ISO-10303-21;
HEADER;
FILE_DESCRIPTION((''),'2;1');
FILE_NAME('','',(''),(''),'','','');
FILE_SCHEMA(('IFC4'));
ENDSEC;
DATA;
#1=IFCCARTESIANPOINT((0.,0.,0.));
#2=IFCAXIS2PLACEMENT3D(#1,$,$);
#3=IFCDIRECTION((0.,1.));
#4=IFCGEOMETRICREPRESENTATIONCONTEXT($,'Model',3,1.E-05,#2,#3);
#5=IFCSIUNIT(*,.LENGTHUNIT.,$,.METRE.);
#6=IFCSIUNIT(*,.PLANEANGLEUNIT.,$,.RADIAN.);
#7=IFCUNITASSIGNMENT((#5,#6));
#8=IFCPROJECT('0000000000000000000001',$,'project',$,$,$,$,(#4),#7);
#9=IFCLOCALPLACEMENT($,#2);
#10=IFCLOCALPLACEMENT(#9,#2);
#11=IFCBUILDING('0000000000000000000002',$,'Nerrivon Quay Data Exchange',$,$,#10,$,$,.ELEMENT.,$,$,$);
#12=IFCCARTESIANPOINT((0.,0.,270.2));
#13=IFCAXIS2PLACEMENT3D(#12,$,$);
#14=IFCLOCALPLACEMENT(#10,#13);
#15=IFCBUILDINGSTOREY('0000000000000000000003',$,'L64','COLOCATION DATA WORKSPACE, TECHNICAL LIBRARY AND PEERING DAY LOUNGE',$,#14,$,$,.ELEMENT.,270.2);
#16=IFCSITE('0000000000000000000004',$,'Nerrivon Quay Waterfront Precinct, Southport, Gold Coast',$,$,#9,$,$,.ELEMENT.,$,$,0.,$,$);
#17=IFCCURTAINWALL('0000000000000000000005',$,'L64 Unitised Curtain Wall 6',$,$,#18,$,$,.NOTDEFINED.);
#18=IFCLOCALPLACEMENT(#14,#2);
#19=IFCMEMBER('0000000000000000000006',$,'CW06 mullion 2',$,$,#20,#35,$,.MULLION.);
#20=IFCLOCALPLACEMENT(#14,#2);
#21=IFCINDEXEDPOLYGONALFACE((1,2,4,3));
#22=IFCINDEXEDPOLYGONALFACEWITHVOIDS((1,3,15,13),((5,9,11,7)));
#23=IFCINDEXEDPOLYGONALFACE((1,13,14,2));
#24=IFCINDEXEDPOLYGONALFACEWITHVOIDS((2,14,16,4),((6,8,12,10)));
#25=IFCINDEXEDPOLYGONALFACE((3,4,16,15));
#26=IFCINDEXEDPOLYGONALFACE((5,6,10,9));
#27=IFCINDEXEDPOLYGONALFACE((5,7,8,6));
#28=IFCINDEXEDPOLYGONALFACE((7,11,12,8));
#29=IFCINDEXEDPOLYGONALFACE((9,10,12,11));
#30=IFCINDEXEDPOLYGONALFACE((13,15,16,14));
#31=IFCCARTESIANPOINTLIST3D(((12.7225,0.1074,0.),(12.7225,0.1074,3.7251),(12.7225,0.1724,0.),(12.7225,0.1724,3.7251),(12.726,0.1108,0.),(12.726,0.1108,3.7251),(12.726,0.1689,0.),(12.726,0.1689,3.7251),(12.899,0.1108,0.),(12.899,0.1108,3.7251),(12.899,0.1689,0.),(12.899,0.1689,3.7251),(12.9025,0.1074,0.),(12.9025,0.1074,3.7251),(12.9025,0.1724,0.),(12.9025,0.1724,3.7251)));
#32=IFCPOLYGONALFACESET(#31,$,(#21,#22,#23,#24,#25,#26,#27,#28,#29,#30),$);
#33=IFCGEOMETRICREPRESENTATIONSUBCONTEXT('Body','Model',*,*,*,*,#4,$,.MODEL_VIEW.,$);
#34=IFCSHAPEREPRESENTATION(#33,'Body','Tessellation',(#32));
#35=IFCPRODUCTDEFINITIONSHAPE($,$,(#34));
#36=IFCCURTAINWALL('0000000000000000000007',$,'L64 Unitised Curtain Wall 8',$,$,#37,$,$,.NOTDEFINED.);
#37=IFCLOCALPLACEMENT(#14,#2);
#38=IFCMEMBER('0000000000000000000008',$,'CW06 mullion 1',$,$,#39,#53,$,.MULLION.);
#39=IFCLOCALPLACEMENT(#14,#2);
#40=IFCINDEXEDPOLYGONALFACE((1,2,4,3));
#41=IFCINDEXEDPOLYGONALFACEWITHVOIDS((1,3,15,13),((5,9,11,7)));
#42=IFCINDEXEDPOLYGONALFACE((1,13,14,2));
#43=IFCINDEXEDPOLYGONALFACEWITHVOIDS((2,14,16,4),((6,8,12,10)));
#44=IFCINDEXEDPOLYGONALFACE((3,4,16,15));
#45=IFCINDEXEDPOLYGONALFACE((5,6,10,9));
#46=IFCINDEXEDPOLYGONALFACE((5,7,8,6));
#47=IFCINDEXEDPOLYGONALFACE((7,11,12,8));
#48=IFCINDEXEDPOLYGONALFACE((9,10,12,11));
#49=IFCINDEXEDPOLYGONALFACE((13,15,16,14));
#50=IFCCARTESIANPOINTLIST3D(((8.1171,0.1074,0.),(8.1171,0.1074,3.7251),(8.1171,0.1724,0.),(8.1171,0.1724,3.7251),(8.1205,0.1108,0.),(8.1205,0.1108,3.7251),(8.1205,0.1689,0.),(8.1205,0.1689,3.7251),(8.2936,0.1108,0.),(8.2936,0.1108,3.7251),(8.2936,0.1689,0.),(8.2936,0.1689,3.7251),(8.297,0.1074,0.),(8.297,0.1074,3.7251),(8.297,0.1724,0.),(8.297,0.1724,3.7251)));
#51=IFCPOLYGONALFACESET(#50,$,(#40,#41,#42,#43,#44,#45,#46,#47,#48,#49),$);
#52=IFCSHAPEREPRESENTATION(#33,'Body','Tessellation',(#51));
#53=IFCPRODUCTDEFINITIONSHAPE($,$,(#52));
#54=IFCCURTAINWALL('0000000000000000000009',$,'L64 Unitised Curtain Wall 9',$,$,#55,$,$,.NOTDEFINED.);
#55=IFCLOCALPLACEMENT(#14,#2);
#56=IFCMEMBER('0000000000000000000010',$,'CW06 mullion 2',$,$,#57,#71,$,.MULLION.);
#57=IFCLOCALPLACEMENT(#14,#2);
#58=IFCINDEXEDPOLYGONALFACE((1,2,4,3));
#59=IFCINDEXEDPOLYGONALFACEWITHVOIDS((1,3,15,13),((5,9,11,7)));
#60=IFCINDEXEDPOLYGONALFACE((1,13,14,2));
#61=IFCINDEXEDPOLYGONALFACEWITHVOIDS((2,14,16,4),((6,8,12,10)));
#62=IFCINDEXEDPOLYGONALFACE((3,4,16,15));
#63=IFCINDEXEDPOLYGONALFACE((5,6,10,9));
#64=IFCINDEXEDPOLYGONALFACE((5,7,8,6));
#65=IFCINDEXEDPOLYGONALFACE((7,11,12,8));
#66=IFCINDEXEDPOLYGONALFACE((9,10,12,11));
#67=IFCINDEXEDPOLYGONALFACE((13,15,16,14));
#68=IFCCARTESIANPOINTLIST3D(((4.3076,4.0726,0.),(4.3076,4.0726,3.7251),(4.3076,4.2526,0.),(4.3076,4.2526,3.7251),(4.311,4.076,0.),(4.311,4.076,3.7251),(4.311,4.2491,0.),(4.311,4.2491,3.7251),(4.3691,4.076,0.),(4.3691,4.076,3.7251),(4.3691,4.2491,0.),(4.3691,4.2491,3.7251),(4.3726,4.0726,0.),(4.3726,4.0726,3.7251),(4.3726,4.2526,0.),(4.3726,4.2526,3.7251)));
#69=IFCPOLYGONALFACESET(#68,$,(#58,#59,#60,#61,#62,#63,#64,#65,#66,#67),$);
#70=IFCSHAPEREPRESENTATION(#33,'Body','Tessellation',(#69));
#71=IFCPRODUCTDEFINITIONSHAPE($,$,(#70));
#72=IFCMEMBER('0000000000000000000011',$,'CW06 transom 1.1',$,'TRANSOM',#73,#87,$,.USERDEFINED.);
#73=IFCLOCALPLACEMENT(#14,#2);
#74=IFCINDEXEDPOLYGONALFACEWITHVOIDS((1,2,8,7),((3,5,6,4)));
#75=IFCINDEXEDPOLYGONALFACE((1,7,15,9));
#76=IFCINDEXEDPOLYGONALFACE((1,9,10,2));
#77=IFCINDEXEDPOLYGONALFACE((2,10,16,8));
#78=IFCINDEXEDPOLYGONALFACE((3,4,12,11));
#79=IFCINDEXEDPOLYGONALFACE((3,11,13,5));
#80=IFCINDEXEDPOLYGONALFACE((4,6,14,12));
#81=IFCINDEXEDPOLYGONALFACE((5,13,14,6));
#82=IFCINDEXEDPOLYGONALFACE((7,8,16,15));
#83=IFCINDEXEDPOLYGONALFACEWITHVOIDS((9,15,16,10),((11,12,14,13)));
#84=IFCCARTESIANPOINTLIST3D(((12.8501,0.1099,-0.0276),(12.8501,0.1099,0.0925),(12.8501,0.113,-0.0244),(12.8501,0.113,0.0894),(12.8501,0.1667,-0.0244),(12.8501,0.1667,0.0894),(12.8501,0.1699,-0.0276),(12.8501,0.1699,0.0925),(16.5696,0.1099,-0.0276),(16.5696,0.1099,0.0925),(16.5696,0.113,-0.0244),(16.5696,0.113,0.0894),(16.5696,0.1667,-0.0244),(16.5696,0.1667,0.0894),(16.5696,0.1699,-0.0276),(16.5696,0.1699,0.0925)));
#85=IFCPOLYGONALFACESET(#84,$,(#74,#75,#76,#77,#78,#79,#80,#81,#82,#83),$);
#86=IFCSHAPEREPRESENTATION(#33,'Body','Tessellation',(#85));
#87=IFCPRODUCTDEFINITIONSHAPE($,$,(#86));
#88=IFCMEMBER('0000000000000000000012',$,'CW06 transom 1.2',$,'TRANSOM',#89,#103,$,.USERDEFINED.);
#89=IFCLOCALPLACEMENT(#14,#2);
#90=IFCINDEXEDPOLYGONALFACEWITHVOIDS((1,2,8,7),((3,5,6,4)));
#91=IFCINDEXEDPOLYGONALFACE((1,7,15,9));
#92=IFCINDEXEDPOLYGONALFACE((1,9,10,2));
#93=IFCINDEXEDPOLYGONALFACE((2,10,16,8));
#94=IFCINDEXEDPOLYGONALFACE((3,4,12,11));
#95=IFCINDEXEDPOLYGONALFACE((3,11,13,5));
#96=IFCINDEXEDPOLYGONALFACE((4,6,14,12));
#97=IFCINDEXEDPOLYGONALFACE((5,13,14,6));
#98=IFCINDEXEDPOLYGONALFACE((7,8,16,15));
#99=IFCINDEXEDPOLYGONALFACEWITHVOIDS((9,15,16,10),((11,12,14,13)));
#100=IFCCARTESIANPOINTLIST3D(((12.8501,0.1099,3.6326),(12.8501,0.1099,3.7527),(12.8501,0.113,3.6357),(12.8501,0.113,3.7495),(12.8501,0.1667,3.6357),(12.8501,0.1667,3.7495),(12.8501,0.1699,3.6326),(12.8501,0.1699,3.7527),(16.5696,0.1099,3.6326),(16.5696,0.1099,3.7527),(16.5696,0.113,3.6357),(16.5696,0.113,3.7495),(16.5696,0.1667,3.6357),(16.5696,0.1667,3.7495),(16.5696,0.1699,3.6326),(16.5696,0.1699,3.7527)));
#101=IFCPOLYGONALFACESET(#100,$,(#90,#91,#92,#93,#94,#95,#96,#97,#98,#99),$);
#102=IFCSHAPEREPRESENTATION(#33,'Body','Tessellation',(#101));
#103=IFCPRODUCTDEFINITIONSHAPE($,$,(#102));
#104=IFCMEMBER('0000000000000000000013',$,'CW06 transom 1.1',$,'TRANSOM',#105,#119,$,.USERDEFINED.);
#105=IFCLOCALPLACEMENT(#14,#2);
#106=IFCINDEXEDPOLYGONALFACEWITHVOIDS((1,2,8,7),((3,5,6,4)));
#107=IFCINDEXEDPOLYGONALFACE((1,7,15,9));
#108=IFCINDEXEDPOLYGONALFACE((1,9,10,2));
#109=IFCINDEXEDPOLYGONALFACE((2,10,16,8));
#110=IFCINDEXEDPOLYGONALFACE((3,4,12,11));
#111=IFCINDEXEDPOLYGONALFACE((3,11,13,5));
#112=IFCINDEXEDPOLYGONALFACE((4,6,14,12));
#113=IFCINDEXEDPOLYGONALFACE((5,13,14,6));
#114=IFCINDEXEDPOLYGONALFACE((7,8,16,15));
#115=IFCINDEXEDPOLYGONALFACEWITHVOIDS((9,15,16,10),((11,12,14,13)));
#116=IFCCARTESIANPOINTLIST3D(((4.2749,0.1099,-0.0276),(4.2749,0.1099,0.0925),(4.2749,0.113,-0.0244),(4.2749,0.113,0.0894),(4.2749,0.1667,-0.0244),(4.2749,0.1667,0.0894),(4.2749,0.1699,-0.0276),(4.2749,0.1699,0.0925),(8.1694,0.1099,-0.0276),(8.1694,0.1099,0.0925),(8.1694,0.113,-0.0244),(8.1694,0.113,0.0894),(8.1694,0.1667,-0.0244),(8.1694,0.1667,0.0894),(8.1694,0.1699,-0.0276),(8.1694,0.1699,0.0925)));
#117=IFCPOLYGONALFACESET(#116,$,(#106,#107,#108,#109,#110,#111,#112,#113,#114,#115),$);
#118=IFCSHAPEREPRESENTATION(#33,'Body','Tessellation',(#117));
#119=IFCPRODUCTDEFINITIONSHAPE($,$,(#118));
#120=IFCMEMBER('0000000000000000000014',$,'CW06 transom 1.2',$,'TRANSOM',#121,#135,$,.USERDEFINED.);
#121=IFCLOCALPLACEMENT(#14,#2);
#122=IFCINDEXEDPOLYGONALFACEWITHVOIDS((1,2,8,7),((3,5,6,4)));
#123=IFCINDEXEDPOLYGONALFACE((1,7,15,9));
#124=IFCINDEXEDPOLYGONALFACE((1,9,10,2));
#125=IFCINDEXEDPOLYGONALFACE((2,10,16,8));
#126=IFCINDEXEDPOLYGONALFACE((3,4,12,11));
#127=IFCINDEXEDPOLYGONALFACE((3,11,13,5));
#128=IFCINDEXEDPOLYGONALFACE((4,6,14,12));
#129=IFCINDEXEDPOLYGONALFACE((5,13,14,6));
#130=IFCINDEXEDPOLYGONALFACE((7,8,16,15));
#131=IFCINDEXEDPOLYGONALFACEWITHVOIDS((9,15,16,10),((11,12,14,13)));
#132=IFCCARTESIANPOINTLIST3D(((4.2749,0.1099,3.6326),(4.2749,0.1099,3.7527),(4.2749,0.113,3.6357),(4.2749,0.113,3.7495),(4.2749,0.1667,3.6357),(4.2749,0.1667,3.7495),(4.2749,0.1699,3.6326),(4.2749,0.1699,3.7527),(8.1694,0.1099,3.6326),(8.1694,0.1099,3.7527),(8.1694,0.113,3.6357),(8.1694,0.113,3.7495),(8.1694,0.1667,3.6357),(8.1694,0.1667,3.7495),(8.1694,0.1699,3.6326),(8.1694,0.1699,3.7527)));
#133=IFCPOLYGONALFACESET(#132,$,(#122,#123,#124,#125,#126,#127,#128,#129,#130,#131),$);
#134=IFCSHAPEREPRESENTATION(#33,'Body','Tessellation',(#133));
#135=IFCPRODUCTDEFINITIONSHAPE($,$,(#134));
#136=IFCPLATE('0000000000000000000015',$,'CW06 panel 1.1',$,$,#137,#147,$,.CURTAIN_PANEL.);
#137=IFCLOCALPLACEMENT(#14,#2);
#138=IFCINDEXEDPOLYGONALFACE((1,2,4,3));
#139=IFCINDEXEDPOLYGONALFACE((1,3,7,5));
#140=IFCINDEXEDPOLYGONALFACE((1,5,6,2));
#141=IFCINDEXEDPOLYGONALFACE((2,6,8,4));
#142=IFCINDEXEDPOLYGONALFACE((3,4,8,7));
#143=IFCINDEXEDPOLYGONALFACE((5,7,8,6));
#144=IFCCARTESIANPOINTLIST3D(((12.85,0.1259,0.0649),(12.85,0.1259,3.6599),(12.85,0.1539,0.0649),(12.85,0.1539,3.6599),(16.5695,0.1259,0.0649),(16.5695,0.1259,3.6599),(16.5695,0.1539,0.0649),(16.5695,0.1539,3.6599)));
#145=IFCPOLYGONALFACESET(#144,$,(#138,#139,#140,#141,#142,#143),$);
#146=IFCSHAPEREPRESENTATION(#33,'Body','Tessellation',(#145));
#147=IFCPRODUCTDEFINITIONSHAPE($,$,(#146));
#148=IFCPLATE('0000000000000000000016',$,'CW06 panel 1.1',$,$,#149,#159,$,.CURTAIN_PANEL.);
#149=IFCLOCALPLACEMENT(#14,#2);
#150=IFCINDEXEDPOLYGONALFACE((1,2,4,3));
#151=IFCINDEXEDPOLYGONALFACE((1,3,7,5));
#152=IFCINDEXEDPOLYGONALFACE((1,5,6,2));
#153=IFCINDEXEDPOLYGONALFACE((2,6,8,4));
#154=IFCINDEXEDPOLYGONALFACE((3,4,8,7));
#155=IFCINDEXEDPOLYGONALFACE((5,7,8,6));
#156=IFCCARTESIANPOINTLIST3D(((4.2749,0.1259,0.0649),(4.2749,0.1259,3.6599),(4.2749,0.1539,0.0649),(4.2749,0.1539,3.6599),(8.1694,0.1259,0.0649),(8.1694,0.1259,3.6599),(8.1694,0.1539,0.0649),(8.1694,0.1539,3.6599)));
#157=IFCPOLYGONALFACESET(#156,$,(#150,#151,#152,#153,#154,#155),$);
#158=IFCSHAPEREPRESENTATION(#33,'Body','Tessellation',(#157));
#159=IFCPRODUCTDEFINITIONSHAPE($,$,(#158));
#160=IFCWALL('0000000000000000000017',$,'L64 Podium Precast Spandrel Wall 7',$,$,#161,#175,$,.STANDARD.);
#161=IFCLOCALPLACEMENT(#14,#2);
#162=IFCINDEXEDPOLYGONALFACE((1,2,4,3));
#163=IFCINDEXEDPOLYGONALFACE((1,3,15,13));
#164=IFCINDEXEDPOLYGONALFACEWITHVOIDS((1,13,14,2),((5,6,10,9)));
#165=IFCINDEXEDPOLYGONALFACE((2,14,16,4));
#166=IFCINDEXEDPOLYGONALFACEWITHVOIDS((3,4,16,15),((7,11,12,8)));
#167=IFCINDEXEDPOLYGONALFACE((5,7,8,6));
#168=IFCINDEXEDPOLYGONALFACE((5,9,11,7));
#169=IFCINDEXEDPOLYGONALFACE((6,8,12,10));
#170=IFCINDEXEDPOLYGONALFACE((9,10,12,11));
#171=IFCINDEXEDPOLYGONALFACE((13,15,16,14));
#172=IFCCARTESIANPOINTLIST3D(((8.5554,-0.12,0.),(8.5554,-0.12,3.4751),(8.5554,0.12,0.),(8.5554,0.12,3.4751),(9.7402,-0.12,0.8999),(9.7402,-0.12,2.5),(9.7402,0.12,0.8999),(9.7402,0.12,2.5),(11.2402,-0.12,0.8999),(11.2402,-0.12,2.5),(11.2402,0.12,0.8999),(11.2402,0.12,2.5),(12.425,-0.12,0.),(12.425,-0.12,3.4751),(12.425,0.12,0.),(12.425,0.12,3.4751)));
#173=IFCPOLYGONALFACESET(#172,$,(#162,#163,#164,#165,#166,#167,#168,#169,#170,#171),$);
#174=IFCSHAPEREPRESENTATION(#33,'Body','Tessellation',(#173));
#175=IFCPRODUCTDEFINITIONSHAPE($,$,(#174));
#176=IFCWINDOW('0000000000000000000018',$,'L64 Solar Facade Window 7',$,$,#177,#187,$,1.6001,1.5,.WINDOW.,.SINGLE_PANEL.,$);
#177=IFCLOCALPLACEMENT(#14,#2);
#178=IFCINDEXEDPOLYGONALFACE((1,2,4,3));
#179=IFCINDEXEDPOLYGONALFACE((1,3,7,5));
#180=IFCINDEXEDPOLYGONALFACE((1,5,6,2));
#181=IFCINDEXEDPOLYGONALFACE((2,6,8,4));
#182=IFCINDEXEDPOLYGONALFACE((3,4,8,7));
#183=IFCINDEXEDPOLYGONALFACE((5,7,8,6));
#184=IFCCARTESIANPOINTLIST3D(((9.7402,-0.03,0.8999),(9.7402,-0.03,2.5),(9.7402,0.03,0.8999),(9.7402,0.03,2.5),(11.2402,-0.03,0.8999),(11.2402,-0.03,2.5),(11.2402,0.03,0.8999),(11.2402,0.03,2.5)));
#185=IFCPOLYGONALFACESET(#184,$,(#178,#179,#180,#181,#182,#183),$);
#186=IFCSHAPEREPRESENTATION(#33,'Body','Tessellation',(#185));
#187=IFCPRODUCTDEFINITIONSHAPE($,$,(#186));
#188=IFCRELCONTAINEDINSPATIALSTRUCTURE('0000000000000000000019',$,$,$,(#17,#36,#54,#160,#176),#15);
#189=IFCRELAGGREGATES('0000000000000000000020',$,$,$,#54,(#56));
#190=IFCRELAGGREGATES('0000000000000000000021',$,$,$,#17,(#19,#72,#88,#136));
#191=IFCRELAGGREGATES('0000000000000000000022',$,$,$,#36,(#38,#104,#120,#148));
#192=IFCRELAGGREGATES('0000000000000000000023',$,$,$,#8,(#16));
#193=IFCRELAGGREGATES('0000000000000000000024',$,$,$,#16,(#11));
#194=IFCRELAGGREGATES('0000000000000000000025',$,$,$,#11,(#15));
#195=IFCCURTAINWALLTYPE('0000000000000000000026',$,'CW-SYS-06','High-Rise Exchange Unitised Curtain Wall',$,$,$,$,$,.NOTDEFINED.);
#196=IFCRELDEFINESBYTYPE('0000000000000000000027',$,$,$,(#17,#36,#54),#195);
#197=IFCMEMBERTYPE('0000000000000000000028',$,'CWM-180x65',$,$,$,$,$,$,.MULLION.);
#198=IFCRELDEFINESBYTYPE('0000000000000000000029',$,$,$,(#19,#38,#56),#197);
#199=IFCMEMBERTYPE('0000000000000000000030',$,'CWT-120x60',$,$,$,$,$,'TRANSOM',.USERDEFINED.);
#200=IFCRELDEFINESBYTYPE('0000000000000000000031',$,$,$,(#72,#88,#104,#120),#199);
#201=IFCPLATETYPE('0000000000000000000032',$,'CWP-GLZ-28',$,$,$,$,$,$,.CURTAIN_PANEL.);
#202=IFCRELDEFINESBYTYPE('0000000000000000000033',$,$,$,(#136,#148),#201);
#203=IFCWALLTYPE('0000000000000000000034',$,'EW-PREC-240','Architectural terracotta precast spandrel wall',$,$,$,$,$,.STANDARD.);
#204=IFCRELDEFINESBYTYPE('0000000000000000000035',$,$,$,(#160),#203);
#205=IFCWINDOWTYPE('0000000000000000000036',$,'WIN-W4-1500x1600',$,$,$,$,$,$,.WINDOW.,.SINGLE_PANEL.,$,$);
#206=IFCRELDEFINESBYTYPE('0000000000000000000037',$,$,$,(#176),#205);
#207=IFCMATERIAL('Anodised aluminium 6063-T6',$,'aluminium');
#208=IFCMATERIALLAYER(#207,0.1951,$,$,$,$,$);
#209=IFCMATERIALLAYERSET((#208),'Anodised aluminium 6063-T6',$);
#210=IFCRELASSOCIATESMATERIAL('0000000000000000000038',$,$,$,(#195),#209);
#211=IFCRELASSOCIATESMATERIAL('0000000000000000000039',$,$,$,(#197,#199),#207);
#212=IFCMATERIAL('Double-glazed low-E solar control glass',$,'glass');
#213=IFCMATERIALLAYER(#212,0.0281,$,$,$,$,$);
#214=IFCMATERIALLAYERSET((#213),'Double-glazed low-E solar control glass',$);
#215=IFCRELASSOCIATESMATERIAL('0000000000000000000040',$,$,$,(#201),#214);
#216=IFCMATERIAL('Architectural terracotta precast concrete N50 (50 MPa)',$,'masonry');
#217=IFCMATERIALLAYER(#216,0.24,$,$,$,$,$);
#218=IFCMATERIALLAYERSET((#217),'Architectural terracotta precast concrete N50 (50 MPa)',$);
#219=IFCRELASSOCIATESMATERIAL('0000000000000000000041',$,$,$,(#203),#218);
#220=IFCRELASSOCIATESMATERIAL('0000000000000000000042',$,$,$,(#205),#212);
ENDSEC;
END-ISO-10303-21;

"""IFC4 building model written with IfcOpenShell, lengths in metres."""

from ifc_helpers import new_model, si_unit, direction, frame, frame_2d, origin, origin_2d, place, context, subcontext, project, spatial, rectangle, hollow_rectangle, extrude, material, layer, layer_set, material_profile, profile_set, type_object, element, fill, aggregate, save


model = new_model("IFC4")

# Units and contexts
model_context = context("Model", 3, precision=1e-05, world=origin(), true_north=direction((0.0, 1.0)))
body_context = subcontext(model_context, "Body", "Model", "MODEL_VIEW")
ifc_project = project(units=[si_unit("LENGTHUNIT", "METRE"), si_unit("PLANEANGLEUNIT", "RADIAN")], contexts=[model_context])

# Site, building, storey
site_placement = place(None, origin())
site = spatial("IfcSite", under=ifc_project, at=site_placement, Name="Nerrivon Quay Waterfront Precinct, Southport, Gold Coast", CompositionType="ELEMENT", RefElevation=0.0)
building_placement = place(site_placement, origin())
building = spatial("IfcBuilding", under=site, at=building_placement, Name="Nerrivon Quay Data Exchange", CompositionType="ELEMENT")
storey_placement = place(building_placement, frame((0.0, 0.0, 270.2)))
storey = spatial("IfcBuildingStorey", under=building, at=storey_placement, Name="L64", Description="COLOCATION DATA WORKSPACE, TECHNICAL LIBRARY AND PEERING DAY LOUNGE", CompositionType="ELEMENT", Elevation=270.2)

# Curtain wall, member
ifc_material_1 = material(Name="Anodised aluminium 6063-T6", Category="aluminium")
ifc_layer_1 = layer(ifc_material_1, 0.1951)
ifc_layer_set_1 = layer_set([ifc_layer_1], Name="Anodised aluminium 6063-T6")
curtain_wall_type = type_object("IfcCurtainWallType", Name="CW-SYS-06", Description="High-Rise Exchange Unitised Curtain Wall", PredefinedType="NOTDEFINED", material=ifc_layer_set_1)
curtain_wall_1_placement = place(storey_placement, origin())
curtain_wall_1 = element("IfcCurtainWall", 1, at=curtain_wall_1_placement, inside=storey, type_object=curtain_wall_type, Name="L64 Unitised Curtain Wall 6", PredefinedType="NOTDEFINED")
ifc_material_profile_1 = material_profile(ifc_material_1, hollow_rectangle(XDim=0.0649, YDim=0.1799, WallThickness=0.0034, at=origin_2d()), Name="ALU-MULL-180x65")
ifc_profile_set_1 = profile_set([ifc_material_profile_1], Name="Anodised aluminium 6063-T6")
member_type_1 = type_object("IfcMemberType", Name="CWM-180x65", PredefinedType="MULLION", material=ifc_profile_set_1)
member_1_placement = place(storey_placement, frame((12.8125, 0.1399, 0.0), z_axis=(0.0, 0.0, 1.0), x_axis=(0.0, -1.0, 0.0)))
member_1 = element("IfcMember", 2, at=member_1_placement, type_object=member_type_1, Name="CW06 mullion 2", PredefinedType="MULLION", context=body_context, shape_type="SweptSolid", body=[
    extrude(hollow_rectangle(XDim=0.0649, YDim=0.1799, WallThickness=0.0034, at=origin_2d()), origin(), (0.0, 0.0, 1.0), 3.7251),
])

# Curtain walls, members
curtain_wall_2_placement = place(storey_placement, origin())
curtain_wall_2 = element("IfcCurtainWall", 3, at=curtain_wall_2_placement, inside=storey, type_object=curtain_wall_type, Name="L64 Unitised Curtain Wall 8", PredefinedType="NOTDEFINED")
member_2_placement = place(storey_placement, frame((8.207, 0.1399, 0.0), z_axis=(0.0, 0.0, 1.0), x_axis=(0.0, -1.0, 0.0)))
member_2 = element("IfcMember", 4, at=member_2_placement, type_object=member_type_1, Name="CW06 mullion 1", PredefinedType="MULLION", context=body_context, shape_type="SweptSolid", body=[
    extrude(hollow_rectangle(XDim=0.0649, YDim=0.1799, WallThickness=0.0034, at=origin_2d()), origin(), (0.0, 0.0, 1.0), 3.7251),
])
curtain_wall_3_placement = place(storey_placement, origin())
curtain_wall_3 = element("IfcCurtainWall", 5, at=curtain_wall_3_placement, inside=storey, type_object=curtain_wall_type, Name="L64 Unitised Curtain Wall 9", PredefinedType="NOTDEFINED")
member_3_placement = place(storey_placement, frame((4.3401, 4.1626, 0.0), z_axis=(0.0, 0.0, 1.0), x_axis=(-1.0, 0.0, 0.0)))
member_3 = element("IfcMember", 6, at=member_3_placement, type_object=member_type_1, Name="CW06 mullion 2", PredefinedType="MULLION", context=body_context, shape_type="SweptSolid", body=[
    extrude(hollow_rectangle(XDim=0.0649, YDim=0.1799, WallThickness=0.0034, at=origin_2d()), origin(), (0.0, 0.0, 1.0), 3.7251),
])
aggregate(curtain_wall_3, [member_3])

# Members
ifc_material_profile_2 = material_profile(ifc_material_1, hollow_rectangle(XDim=0.0601, YDim=0.1201, WallThickness=0.0032, at=origin_2d()), Name="ALU-TRAN-120x60")
ifc_profile_set_2 = profile_set([ifc_material_profile_2], Name="Anodised aluminium 6063-T6")
member_type_2 = type_object("IfcMemberType", Name="CWT-120x60", ElementType="TRANSOM", PredefinedType="USERDEFINED", material=ifc_profile_set_2)
member_4_placement = place(storey_placement, frame((16.5696, 0.1399, 0.0325), z_axis=(-1.0, 0.0, 0.0), x_axis=(0.0, -1.0, 0.0)))
member_4 = element("IfcMember", 7, at=member_4_placement, type_object=member_type_2, Name="CW06 transom 1.1", ObjectType="TRANSOM", PredefinedType="USERDEFINED", context=body_context, shape_type="SweptSolid", body=[
    extrude(hollow_rectangle(XDim=0.0601, YDim=0.1201, WallThickness=0.0032, at=origin_2d()), origin(), (0.0, 0.0, 1.0), 3.7195),
])
member_5_placement = place(storey_placement, frame((16.5696, 0.1399, 3.6926), z_axis=(-1.0, 0.0, 0.0), x_axis=(0.0, -1.0, 0.0)))
member_5 = element("IfcMember", 8, at=member_5_placement, type_object=member_type_2, Name="CW06 transom 1.2", ObjectType="TRANSOM", PredefinedType="USERDEFINED", context=body_context, shape_type="SweptSolid", body=[
    extrude(hollow_rectangle(XDim=0.0601, YDim=0.1201, WallThickness=0.0032, at=origin_2d()), origin(), (0.0, 0.0, 1.0), 3.7195),
])
member_6_placement = place(storey_placement, frame((8.1694, 0.1399, 0.0325), z_axis=(-1.0, 0.0, 0.0), x_axis=(0.0, -1.0, 0.0)))
member_6 = element("IfcMember", 9, at=member_6_placement, type_object=member_type_2, Name="CW06 transom 1.1", ObjectType="TRANSOM", PredefinedType="USERDEFINED", context=body_context, shape_type="SweptSolid", body=[
    extrude(hollow_rectangle(XDim=0.0601, YDim=0.1201, WallThickness=0.0032, at=origin_2d()), origin(), (0.0, 0.0, 1.0), 3.8945),
])
member_7_placement = place(storey_placement, frame((8.1694, 0.1399, 3.6926), z_axis=(-1.0, 0.0, 0.0), x_axis=(0.0, -1.0, 0.0)))
member_7 = element("IfcMember", 10, at=member_7_placement, type_object=member_type_2, Name="CW06 transom 1.2", ObjectType="TRANSOM", PredefinedType="USERDEFINED", context=body_context, shape_type="SweptSolid", body=[
    extrude(hollow_rectangle(XDim=0.0601, YDim=0.1201, WallThickness=0.0032, at=origin_2d()), origin(), (0.0, 0.0, 1.0), 3.8945),
])

# Plates
ifc_material_2 = material(Name="Double-glazed low-E solar control glass", Category="glass")
ifc_layer_2 = layer(ifc_material_2, 0.0281)
ifc_layer_set_2 = layer_set([ifc_layer_2], Name="Double-glazed low-E solar control glass")
plate_type = type_object("IfcPlateType", Name="CWP-GLZ-28", PredefinedType="CURTAIN_PANEL", material=ifc_layer_set_2)
plate_1_placement = place(storey_placement, frame((14.7097, 0.1399, 0.0649), z_axis=(0.0, 0.0, 1.0), x_axis=(-1.0, 0.0, 0.0)))
plate_1 = element("IfcPlate", 11, at=plate_1_placement, type_object=plate_type, Name="CW06 panel 1.1", PredefinedType="CURTAIN_PANEL", context=body_context, shape_type="SweptSolid", body=[
    extrude(rectangle(XDim=3.7195, YDim=0.0281, at=origin_2d()), origin(), (0.0, 0.0, 1.0), 3.595),
])
aggregate(curtain_wall_1, [member_1, member_4, member_5, plate_1])
plate_2_placement = place(storey_placement, frame((6.2222, 0.1399, 0.0649), z_axis=(0.0, 0.0, 1.0), x_axis=(-1.0, 0.0, 0.0)))
plate_2 = element("IfcPlate", 12, at=plate_2_placement, type_object=plate_type, Name="CW06 panel 1.1", PredefinedType="CURTAIN_PANEL", context=body_context, shape_type="SweptSolid", body=[
    extrude(rectangle(XDim=3.8945, YDim=0.0281, at=origin_2d()), origin(), (0.0, 0.0, 1.0), 3.595),
])
aggregate(curtain_wall_2, [member_2, member_6, member_7, plate_2])

# Wall, opening, window
ifc_material_3 = material(Name="Architectural terracotta precast concrete N50 (50 MPa)", Category="masonry")
ifc_layer_3 = layer(ifc_material_3, 0.24)
ifc_layer_set_3 = layer_set([ifc_layer_3], Name="Architectural terracotta precast concrete N50 (50 MPa)")
wall_type_1 = type_object("IfcWallType", Name="EW-PREC-240", Description="Architectural terracotta precast spandrel wall", PredefinedType="STANDARD", material=ifc_layer_set_3)
wall_1_placement = place(storey_placement, frame((12.425, 0.0, 0.0), z_axis=(0.0, 0.0, 1.0), x_axis=(-1.0, 0.0, 0.0)))
wall_1 = element("IfcWall", 13, at=wall_1_placement, inside=storey, type_object=wall_type_1, Name="L64 Podium Precast Spandrel Wall 7", PredefinedType="STANDARD", context=body_context, shape_type="SweptSolid", body=[
    extrude(rectangle(XDim=3.8696, YDim=0.24, at=frame_2d((1.9348, 0.0))), origin(), (0.0, 0.0, 1.0), 3.4751),
])
opening_placement = place(wall_1_placement, frame((1.1848, 0.0, 0.8999)))
opening = element("IfcOpeningElement", 14, at=opening_placement, cuts=wall_1, PredefinedType="OPENING", context=body_context, shape_type="SweptSolid", body=[
    extrude(rectangle(XDim=1.5, YDim=1.6001, at=frame_2d((0.75, 0.8))), frame((0.0, 0.1299, 0.0), z_axis=(0.0, -1.0, 0.0), x_axis=(1.0, 0.0, 0.0)), (0.0, 0.0, 1.0), 0.26),
])
window_type = type_object("IfcWindowType", Name="WIN-W4-1500x1600", PartitioningType="SINGLE_PANEL", PredefinedType="WINDOW", material=ifc_material_2)
window_placement = place(opening_placement, origin())
window = element("IfcWindow", 15, at=window_placement, inside=storey, type_object=window_type, Name="L64 Solar Facade Window 7", OverallHeight=1.6001, OverallWidth=1.5, PartitioningType="SINGLE_PANEL", PredefinedType="WINDOW", context=body_context, shape_type="SweptSolid", body=[
    extrude(rectangle(XDim=1.5, YDim=1.6001, at=frame_2d((0.75, 0.8))), frame((0.0, 0.03, 0.0), z_axis=(0.0, -1.0, 0.0), x_axis=(1.0, 0.0, 0.0)), (0.0, 0.0, 1.0), 0.0601),
])
fill(opening, window)

save(model, "model.ifc")
